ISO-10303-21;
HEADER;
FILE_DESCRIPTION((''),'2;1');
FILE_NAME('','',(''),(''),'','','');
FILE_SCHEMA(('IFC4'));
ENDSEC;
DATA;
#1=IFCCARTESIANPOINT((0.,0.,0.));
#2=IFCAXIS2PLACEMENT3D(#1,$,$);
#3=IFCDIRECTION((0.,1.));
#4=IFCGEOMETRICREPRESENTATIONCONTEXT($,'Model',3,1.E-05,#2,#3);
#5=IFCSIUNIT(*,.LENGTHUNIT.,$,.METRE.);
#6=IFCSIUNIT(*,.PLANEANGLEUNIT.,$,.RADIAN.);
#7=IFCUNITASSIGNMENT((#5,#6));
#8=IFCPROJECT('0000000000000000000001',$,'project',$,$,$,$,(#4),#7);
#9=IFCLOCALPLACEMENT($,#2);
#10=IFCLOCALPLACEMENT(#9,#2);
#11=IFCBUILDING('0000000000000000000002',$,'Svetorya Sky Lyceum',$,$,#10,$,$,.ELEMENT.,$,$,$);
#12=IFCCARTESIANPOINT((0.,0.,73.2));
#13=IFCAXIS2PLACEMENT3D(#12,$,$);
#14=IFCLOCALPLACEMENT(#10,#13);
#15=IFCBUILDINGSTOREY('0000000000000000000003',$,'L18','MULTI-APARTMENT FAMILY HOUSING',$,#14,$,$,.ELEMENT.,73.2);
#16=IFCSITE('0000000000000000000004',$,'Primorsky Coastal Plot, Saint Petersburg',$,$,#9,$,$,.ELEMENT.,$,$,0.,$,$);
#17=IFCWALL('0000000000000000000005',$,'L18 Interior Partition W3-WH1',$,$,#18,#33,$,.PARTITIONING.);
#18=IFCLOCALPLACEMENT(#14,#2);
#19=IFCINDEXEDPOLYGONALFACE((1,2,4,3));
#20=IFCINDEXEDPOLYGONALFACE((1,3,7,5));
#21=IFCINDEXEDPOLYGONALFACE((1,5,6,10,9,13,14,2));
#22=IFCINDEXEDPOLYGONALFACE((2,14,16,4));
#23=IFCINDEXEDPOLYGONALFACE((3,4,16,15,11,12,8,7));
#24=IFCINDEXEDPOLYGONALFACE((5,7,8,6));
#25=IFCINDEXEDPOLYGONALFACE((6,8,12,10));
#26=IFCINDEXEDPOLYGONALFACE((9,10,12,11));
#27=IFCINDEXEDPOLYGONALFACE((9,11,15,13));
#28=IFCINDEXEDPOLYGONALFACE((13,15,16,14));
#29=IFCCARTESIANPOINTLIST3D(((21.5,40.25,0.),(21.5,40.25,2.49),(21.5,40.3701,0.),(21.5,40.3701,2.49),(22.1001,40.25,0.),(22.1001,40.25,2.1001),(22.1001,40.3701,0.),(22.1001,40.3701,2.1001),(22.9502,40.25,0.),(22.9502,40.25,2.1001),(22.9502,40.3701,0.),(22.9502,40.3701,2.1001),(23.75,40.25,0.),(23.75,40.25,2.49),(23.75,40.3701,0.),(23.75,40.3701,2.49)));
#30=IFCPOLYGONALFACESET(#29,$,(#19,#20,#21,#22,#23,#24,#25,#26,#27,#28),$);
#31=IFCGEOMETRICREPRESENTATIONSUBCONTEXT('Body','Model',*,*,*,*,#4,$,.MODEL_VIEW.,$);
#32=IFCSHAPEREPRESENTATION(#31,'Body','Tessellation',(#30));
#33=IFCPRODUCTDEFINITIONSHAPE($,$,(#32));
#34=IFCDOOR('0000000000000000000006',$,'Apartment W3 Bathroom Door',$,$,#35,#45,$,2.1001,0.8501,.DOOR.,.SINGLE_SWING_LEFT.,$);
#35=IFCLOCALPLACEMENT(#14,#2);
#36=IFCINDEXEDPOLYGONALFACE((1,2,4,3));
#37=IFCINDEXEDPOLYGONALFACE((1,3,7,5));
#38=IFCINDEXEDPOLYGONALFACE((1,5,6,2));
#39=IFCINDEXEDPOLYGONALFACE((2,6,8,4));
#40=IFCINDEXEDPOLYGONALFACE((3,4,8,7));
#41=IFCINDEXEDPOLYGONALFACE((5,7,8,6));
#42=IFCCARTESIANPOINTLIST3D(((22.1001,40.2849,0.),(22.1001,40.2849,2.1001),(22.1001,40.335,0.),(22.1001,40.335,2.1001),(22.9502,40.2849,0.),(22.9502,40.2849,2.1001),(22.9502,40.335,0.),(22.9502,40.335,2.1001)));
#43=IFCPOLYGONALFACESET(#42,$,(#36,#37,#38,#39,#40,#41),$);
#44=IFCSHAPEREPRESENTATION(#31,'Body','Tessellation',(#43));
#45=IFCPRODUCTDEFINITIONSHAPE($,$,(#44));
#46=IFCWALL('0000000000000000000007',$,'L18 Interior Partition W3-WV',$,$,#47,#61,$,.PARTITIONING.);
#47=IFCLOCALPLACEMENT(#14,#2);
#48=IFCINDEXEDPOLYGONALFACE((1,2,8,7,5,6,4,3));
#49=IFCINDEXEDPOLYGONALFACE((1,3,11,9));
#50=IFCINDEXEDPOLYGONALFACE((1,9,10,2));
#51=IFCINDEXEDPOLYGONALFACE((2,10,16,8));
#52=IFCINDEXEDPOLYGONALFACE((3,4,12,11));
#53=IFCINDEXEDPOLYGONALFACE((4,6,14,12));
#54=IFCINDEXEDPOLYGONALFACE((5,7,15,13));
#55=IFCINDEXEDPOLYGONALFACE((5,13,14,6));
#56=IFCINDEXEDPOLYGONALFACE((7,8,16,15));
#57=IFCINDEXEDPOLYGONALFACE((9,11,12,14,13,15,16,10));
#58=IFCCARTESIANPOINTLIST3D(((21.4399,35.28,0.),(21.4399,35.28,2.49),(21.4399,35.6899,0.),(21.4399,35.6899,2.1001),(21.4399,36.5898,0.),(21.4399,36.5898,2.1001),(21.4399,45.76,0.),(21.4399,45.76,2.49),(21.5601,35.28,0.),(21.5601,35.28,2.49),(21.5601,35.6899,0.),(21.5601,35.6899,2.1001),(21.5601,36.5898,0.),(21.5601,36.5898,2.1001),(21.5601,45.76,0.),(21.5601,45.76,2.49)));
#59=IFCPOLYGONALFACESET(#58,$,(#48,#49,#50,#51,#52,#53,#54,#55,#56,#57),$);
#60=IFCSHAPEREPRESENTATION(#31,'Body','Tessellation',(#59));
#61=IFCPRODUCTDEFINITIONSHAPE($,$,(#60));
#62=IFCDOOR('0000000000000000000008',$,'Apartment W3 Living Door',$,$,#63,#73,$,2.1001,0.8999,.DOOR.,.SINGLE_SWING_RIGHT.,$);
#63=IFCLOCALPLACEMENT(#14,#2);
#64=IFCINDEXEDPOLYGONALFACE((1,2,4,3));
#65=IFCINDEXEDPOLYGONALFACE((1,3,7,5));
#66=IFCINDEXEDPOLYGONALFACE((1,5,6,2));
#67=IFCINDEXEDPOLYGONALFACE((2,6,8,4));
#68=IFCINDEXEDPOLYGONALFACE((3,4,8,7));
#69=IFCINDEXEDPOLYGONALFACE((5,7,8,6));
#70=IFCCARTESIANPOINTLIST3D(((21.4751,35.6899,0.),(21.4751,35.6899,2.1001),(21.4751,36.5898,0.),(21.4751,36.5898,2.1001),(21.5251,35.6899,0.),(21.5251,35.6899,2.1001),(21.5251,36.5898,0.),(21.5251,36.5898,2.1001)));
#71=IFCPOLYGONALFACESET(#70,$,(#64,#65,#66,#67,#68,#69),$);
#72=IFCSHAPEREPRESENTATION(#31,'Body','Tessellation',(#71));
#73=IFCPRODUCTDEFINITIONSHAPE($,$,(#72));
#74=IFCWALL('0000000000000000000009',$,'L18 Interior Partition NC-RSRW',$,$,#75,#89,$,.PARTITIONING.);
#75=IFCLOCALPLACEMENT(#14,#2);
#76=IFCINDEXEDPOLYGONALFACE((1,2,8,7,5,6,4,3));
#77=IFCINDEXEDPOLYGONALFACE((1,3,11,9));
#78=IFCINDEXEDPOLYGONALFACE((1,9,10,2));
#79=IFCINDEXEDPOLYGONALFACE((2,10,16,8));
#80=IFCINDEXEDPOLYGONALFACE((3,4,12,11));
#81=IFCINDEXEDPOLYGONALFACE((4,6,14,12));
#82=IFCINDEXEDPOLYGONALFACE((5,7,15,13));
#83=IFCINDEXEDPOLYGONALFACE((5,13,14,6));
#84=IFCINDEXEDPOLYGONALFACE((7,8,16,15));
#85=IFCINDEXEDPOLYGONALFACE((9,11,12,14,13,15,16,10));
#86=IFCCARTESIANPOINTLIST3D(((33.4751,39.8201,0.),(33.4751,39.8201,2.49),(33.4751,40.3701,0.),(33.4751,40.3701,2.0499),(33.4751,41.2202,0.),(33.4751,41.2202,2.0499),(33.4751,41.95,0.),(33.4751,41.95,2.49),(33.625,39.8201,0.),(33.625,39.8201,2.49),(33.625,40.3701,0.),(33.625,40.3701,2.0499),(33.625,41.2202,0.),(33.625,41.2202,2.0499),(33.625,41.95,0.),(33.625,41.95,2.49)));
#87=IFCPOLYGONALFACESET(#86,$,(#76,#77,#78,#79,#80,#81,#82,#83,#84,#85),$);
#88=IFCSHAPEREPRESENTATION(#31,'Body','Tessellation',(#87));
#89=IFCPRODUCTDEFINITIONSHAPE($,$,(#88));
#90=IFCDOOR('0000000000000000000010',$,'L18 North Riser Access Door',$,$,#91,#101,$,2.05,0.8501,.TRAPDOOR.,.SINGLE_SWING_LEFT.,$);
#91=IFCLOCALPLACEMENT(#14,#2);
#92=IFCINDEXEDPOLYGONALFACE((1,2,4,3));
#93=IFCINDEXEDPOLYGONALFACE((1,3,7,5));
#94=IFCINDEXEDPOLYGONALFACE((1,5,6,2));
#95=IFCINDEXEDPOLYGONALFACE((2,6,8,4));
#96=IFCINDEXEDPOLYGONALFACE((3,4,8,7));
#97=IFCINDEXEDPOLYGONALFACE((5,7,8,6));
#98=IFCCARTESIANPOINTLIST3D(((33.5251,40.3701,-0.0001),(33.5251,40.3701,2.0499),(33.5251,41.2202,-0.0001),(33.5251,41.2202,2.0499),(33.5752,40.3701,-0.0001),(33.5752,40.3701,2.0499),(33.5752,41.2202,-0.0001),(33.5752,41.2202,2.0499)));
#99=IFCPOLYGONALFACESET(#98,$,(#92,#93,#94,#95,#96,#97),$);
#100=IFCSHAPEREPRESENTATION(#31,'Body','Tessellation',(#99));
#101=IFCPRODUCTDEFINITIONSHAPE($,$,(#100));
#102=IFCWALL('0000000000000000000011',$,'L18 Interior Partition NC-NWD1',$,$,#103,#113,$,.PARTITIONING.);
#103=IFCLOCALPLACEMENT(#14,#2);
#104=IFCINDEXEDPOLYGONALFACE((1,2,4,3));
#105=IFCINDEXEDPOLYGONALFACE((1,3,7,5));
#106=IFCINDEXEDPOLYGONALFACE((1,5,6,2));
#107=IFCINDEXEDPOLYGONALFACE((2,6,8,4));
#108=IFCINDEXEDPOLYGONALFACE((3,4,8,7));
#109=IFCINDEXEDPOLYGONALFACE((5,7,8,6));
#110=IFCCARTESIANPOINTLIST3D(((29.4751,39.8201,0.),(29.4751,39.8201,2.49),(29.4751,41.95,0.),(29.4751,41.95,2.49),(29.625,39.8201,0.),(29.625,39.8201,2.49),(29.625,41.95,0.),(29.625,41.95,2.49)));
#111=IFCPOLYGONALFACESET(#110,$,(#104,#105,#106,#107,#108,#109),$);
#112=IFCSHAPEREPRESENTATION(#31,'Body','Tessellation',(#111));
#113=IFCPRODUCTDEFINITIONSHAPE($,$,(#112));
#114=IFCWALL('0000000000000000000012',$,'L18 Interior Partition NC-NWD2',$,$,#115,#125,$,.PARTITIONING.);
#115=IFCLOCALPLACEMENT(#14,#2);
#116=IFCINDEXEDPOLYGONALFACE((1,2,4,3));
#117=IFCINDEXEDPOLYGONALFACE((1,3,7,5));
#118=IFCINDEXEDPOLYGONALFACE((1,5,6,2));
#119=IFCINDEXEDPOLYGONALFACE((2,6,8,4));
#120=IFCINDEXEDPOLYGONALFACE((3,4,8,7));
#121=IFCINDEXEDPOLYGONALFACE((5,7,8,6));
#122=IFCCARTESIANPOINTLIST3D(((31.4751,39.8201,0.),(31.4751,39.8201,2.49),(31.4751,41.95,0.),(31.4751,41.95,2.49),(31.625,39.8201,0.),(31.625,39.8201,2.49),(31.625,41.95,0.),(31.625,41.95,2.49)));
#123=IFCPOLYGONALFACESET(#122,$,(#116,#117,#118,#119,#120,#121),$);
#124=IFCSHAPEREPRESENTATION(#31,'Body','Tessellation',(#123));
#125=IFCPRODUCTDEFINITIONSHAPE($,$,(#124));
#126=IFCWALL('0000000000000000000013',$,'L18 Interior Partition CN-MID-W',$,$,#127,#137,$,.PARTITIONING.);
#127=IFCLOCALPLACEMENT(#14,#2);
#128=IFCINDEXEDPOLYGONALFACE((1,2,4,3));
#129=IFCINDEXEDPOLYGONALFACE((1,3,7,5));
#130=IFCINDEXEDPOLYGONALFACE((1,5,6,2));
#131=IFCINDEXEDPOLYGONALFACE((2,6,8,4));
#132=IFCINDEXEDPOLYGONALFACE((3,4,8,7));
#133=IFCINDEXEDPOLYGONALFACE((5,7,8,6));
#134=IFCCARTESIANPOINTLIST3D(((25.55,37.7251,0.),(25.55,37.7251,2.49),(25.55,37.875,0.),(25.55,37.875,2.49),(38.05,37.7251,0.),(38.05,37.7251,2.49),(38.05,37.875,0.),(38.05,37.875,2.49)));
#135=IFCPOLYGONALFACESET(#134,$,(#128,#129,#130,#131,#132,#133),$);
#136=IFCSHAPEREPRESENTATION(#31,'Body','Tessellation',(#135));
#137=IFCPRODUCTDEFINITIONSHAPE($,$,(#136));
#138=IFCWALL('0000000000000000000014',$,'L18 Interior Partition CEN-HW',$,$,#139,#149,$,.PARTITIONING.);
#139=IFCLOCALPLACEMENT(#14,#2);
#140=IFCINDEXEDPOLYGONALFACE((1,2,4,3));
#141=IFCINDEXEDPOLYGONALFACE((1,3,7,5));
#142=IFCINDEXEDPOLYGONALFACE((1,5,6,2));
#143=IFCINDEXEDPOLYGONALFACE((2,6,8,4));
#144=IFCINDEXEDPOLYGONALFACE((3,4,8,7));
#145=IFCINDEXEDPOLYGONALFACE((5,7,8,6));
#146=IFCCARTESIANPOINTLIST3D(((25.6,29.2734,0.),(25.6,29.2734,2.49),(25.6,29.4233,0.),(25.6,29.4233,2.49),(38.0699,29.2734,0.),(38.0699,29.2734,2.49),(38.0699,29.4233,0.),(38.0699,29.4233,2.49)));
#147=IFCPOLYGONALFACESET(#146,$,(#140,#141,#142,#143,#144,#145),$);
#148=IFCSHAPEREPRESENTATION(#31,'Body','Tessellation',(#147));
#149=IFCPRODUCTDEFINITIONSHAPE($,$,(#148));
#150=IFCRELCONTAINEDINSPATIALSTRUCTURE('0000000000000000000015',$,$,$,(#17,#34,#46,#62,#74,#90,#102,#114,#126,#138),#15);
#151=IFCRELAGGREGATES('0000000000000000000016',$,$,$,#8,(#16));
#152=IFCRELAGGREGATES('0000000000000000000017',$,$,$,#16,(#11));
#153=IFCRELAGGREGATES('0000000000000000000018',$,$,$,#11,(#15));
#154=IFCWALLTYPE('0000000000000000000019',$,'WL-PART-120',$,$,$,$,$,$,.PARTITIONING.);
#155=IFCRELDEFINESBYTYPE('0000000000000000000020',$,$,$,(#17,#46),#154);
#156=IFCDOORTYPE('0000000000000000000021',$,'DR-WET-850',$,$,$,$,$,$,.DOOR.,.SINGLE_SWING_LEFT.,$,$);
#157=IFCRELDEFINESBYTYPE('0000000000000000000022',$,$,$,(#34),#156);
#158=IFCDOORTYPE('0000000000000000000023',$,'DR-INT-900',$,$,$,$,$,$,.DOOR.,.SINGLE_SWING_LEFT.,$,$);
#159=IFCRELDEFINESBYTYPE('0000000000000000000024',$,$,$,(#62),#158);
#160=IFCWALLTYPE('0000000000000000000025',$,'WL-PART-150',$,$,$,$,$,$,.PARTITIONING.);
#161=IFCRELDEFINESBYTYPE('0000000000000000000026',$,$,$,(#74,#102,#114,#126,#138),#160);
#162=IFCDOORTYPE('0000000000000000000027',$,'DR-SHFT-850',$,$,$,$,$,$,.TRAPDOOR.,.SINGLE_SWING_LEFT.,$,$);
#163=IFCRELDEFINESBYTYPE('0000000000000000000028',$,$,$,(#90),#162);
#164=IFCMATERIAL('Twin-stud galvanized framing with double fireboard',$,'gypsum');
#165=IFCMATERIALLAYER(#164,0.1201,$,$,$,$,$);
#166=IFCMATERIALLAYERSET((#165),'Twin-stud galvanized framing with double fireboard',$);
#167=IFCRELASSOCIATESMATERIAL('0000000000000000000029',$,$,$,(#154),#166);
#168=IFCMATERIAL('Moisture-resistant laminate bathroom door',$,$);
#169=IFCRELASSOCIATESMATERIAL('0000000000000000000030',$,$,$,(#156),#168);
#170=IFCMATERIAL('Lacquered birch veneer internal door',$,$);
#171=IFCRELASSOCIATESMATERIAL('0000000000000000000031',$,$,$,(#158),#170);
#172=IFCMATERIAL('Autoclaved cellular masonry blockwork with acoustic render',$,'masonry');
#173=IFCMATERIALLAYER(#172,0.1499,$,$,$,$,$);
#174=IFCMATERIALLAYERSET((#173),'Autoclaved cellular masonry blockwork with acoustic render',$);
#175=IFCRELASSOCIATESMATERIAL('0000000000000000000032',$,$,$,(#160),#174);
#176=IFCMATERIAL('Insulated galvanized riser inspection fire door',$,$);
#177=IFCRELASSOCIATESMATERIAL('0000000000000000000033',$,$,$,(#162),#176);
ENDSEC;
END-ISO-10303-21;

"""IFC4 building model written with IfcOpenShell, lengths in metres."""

from ifc_helpers import new_model, si_unit, direction, frame, frame_2d, origin, place, context, subcontext, project, spatial, rectangle, extrude, material, layer, layer_set, type_object, element, fill, save


model = new_model("IFC4")

# Units and contexts
model_context = context("Model", 3, precision=1e-05, world=origin(), true_north=direction((0.0, 1.0)))
body_context = subcontext(model_context, "Body", "Model", "MODEL_VIEW")
ifc_project = project(units=[si_unit("LENGTHUNIT", "METRE"), si_unit("PLANEANGLEUNIT", "RADIAN")], contexts=[model_context])

# Site, building, storey
site_placement = place(None, origin())
site = spatial("IfcSite", under=ifc_project, at=site_placement, Name="Primorsky Coastal Plot, Saint Petersburg", CompositionType="ELEMENT", RefElevation=0.0)
building_placement = place(site_placement, origin())
building = spatial("IfcBuilding", under=site, at=building_placement, Name="Svetorya Sky Lyceum", CompositionType="ELEMENT")
storey_placement = place(building_placement, frame((0.0, 0.0, 73.2)))
storey = spatial("IfcBuildingStorey", under=building, at=storey_placement, Name="L18", Description="MULTI-APARTMENT FAMILY HOUSING", CompositionType="ELEMENT", Elevation=73.2)

# Shared definitions
ifc_material_1 = material(Name="Twin-stud galvanized framing with double fireboard", Category="gypsum")
ifc_layer_1 = layer(ifc_material_1, 0.1201)
ifc_layer_set_1 = layer_set([ifc_layer_1], Name="Twin-stud galvanized framing with double fireboard")
wall_type_1 = type_object("IfcWallType", Name="WL-PART-120", PredefinedType="PARTITIONING", material=ifc_layer_set_1)
ifc_material_2 = material(Name="Moisture-resistant laminate bathroom door")
door_type_1 = type_object("IfcDoorType", Name="DR-WET-850", OperationType="SINGLE_SWING_LEFT", PredefinedType="DOOR", material=ifc_material_2)

# Walls, openings, doors
wall_1_placement = place(storey_placement, frame((21.5, 40.3101, 0.0), z_axis=(0.0, 0.0, 1.0), x_axis=(1.0, 0.0, 0.0)))
wall_1 = element("IfcWall", 1, at=wall_1_placement, inside=storey, type_object=wall_type_1, Name="L18 Interior Partition W3-WH1", PredefinedType="PARTITIONING", context=body_context, shape_type="SweptSolid", body=[
    extrude(rectangle(XDim=2.25, YDim=0.1201, at=frame_2d((1.125, 0.0))), origin(), (0.0, 0.0, 1.0), 2.49),
])
opening_1_placement = place(wall_1_placement, frame((0.6001, 0.0, 0.0)))
opening_1 = element("IfcOpeningElement", 2, at=opening_1_placement, cuts=wall_1, PredefinedType="OPENING", context=body_context, shape_type="SweptSolid", body=[
    extrude(rectangle(XDim=0.8501, YDim=2.1001, at=frame_2d((0.425, 1.05))), frame((0.0, 0.0701, 0.0), z_axis=(0.0, -1.0, 0.0), x_axis=(1.0, 0.0, 0.0)), (0.0, 0.0, 1.0), 0.1401),
])
door_1_placement = place(opening_1_placement, origin())
door_1 = element("IfcDoor", 3, at=door_1_placement, inside=storey, type_object=door_type_1, Name="Apartment W3 Bathroom Door", OperationType="SINGLE_SWING_LEFT", OverallHeight=2.1001, OverallWidth=0.8501, PredefinedType="DOOR", context=body_context, shape_type="SweptSolid", body=[
    extrude(rectangle(XDim=0.8501, YDim=2.1001, at=frame_2d((0.425, 1.05))), frame((0.0, 0.0249, 0.0), z_axis=(0.0, -1.0, 0.0), x_axis=(1.0, 0.0, 0.0)), (0.0, 0.0, 1.0), 0.05),
])
fill(opening_1, door_1)
wall_2_placement = place(storey_placement, frame((21.5, 35.28, 0.0), z_axis=(0.0, 0.0, 1.0), x_axis=(0.0, 1.0, 0.0)))
wall_2 = element("IfcWall", 4, at=wall_2_placement, inside=storey, type_object=wall_type_1, Name="L18 Interior Partition W3-WV", PredefinedType="PARTITIONING", context=body_context, shape_type="SweptSolid", body=[
    extrude(rectangle(XDim=10.48, YDim=0.1201, at=frame_2d((5.24, 0.0))), origin(), (0.0, 0.0, 1.0), 2.49),
])
opening_2_placement = place(wall_2_placement, frame((0.4099, 0.0, 0.0)))
opening_2 = element("IfcOpeningElement", 5, at=opening_2_placement, cuts=wall_2, PredefinedType="OPENING", context=body_context, shape_type="SweptSolid", body=[
    extrude(rectangle(XDim=0.8999, YDim=2.1001, at=frame_2d((0.45, 1.05))), frame((0.0, 0.0701, 0.0), z_axis=(0.0, -1.0, 0.0), x_axis=(1.0, 0.0, 0.0)), (0.0, 0.0, 1.0), 0.1401),
])
ifc_material_3 = material(Name="Lacquered birch veneer internal door")
door_type_2 = type_object("IfcDoorType", Name="DR-INT-900", OperationType="SINGLE_SWING_LEFT", PredefinedType="DOOR", material=ifc_material_3)
door_2_placement = place(opening_2_placement, origin())
door_2 = element("IfcDoor", 6, at=door_2_placement, inside=storey, type_object=door_type_2, Name="Apartment W3 Living Door", OperationType="SINGLE_SWING_RIGHT", OverallHeight=2.1001, OverallWidth=0.8999, PredefinedType="DOOR", context=body_context, shape_type="SweptSolid", body=[
    extrude(rectangle(XDim=0.8999, YDim=2.1001, at=frame_2d((0.45, 1.05))), frame((0.0, 0.0249, 0.0), z_axis=(0.0, -1.0, 0.0), x_axis=(1.0, 0.0, 0.0)), (0.0, 0.0, 1.0), 0.05),
])
fill(opening_2, door_2)
ifc_material_4 = material(Name="Autoclaved cellular masonry blockwork with acoustic render", Category="masonry")
ifc_layer_2 = layer(ifc_material_4, 0.1499)
ifc_layer_set_2 = layer_set([ifc_layer_2], Name="Autoclaved cellular masonry blockwork with acoustic render")
wall_type_2 = type_object("IfcWallType", Name="WL-PART-150", PredefinedType="PARTITIONING", material=ifc_layer_set_2)
wall_3_placement = place(storey_placement, frame((33.55, 39.8201, 0.0), z_axis=(0.0, 0.0, 1.0), x_axis=(0.0, 1.0, 0.0)))
wall_3 = element("IfcWall", 7, at=wall_3_placement, inside=storey, type_object=wall_type_2, Name="L18 Interior Partition NC-RSRW", PredefinedType="PARTITIONING", context=body_context, shape_type="SweptSolid", body=[
    extrude(rectangle(XDim=2.1299, YDim=0.1499, at=frame_2d((1.0649, 0.0))), origin(), (0.0, 0.0, 1.0), 2.49),
])
opening_3_placement = place(wall_3_placement, frame((0.55, 0.0, 0.0)))
opening_3 = element("IfcOpeningElement", 8, at=opening_3_placement, cuts=wall_3, PredefinedType="OPENING", context=body_context, shape_type="SweptSolid", body=[
    extrude(rectangle(XDim=0.8501, YDim=2.05, at=frame_2d((0.425, 1.0249))), frame((0.0, 0.085, 0.0), z_axis=(0.0, -1.0, 0.0), x_axis=(1.0, 0.0, 0.0)), (0.0, 0.0, 1.0), 0.1699),
])
ifc_material_5 = material(Name="Insulated galvanized riser inspection fire door")
door_type_3 = type_object("IfcDoorType", Name="DR-SHFT-850", OperationType="SINGLE_SWING_LEFT", PredefinedType="TRAPDOOR", material=ifc_material_5)
door_3_placement = place(opening_3_placement, origin())
door_3 = element("IfcDoor", 9, at=door_3_placement, inside=storey, type_object=door_type_3, Name="L18 North Riser Access Door", OperationType="SINGLE_SWING_LEFT", OverallHeight=2.05, OverallWidth=0.8501, PredefinedType="TRAPDOOR", context=body_context, shape_type="SweptSolid", body=[
    extrude(rectangle(XDim=0.8501, YDim=2.05, at=frame_2d((0.425, 1.0249))), frame((0.0, 0.0249, 0.0), z_axis=(0.0, -1.0, 0.0), x_axis=(1.0, 0.0, 0.0)), (0.0, 0.0, 1.0), 0.05),
])
fill(opening_3, door_3)

# Walls
for number, where, z_axis, x_axis, name in (
    (10, (29.55, 39.8201, 0.0), (0.0, 0.0, 1.0), (0.0, 1.0, 0.0), "L18 Interior Partition NC-NWD1"),
    (11, (31.55, 39.8201, 0.0), (0.0, 0.0, 1.0), (0.0, 1.0, 0.0), "L18 Interior Partition NC-NWD2"),
):
    element("IfcWall", number, at=place(storey_placement, frame(where, z_axis=z_axis, x_axis=x_axis)), inside=storey, type_object=wall_type_2, Name=name, PredefinedType="PARTITIONING", context=body_context, shape_type="SweptSolid", body=[
        extrude(rectangle(XDim=2.1299, YDim=0.1499, at=frame_2d((1.0649, 0.0))), origin(), (0.0, 0.0, 1.0), 2.49),
    ])
wall_4_placement = place(storey_placement, frame((25.55, 37.8, 0.0), z_axis=(0.0, 0.0, 1.0), x_axis=(1.0, 0.0, 0.0)))
element("IfcWall", 12, at=wall_4_placement, inside=storey, type_object=wall_type_2, Name="L18 Interior Partition CN-MID-W", PredefinedType="PARTITIONING", context=body_context, shape_type="SweptSolid", body=[
    extrude(rectangle(XDim=12.5, YDim=0.1499, at=frame_2d((6.25, 0.0))), origin(), (0.0, 0.0, 1.0), 2.49),
])
wall_5_placement = place(storey_placement, frame((25.6001, 29.3484, 0.0), z_axis=(0.0, 0.0, 1.0), x_axis=(1.0, 0.0, 0.0)))
element("IfcWall", 13, at=wall_5_placement, inside=storey, type_object=wall_type_2, Name="L18 Interior Partition CEN-HW", PredefinedType="PARTITIONING", context=body_context, shape_type="SweptSolid", body=[
    extrude(rectangle(XDim=12.47, YDim=0.1499, at=frame_2d((6.2349, 0.0))), origin(), (0.0, 0.0, 1.0), 2.49),
])

save(model, "model.ifc")
